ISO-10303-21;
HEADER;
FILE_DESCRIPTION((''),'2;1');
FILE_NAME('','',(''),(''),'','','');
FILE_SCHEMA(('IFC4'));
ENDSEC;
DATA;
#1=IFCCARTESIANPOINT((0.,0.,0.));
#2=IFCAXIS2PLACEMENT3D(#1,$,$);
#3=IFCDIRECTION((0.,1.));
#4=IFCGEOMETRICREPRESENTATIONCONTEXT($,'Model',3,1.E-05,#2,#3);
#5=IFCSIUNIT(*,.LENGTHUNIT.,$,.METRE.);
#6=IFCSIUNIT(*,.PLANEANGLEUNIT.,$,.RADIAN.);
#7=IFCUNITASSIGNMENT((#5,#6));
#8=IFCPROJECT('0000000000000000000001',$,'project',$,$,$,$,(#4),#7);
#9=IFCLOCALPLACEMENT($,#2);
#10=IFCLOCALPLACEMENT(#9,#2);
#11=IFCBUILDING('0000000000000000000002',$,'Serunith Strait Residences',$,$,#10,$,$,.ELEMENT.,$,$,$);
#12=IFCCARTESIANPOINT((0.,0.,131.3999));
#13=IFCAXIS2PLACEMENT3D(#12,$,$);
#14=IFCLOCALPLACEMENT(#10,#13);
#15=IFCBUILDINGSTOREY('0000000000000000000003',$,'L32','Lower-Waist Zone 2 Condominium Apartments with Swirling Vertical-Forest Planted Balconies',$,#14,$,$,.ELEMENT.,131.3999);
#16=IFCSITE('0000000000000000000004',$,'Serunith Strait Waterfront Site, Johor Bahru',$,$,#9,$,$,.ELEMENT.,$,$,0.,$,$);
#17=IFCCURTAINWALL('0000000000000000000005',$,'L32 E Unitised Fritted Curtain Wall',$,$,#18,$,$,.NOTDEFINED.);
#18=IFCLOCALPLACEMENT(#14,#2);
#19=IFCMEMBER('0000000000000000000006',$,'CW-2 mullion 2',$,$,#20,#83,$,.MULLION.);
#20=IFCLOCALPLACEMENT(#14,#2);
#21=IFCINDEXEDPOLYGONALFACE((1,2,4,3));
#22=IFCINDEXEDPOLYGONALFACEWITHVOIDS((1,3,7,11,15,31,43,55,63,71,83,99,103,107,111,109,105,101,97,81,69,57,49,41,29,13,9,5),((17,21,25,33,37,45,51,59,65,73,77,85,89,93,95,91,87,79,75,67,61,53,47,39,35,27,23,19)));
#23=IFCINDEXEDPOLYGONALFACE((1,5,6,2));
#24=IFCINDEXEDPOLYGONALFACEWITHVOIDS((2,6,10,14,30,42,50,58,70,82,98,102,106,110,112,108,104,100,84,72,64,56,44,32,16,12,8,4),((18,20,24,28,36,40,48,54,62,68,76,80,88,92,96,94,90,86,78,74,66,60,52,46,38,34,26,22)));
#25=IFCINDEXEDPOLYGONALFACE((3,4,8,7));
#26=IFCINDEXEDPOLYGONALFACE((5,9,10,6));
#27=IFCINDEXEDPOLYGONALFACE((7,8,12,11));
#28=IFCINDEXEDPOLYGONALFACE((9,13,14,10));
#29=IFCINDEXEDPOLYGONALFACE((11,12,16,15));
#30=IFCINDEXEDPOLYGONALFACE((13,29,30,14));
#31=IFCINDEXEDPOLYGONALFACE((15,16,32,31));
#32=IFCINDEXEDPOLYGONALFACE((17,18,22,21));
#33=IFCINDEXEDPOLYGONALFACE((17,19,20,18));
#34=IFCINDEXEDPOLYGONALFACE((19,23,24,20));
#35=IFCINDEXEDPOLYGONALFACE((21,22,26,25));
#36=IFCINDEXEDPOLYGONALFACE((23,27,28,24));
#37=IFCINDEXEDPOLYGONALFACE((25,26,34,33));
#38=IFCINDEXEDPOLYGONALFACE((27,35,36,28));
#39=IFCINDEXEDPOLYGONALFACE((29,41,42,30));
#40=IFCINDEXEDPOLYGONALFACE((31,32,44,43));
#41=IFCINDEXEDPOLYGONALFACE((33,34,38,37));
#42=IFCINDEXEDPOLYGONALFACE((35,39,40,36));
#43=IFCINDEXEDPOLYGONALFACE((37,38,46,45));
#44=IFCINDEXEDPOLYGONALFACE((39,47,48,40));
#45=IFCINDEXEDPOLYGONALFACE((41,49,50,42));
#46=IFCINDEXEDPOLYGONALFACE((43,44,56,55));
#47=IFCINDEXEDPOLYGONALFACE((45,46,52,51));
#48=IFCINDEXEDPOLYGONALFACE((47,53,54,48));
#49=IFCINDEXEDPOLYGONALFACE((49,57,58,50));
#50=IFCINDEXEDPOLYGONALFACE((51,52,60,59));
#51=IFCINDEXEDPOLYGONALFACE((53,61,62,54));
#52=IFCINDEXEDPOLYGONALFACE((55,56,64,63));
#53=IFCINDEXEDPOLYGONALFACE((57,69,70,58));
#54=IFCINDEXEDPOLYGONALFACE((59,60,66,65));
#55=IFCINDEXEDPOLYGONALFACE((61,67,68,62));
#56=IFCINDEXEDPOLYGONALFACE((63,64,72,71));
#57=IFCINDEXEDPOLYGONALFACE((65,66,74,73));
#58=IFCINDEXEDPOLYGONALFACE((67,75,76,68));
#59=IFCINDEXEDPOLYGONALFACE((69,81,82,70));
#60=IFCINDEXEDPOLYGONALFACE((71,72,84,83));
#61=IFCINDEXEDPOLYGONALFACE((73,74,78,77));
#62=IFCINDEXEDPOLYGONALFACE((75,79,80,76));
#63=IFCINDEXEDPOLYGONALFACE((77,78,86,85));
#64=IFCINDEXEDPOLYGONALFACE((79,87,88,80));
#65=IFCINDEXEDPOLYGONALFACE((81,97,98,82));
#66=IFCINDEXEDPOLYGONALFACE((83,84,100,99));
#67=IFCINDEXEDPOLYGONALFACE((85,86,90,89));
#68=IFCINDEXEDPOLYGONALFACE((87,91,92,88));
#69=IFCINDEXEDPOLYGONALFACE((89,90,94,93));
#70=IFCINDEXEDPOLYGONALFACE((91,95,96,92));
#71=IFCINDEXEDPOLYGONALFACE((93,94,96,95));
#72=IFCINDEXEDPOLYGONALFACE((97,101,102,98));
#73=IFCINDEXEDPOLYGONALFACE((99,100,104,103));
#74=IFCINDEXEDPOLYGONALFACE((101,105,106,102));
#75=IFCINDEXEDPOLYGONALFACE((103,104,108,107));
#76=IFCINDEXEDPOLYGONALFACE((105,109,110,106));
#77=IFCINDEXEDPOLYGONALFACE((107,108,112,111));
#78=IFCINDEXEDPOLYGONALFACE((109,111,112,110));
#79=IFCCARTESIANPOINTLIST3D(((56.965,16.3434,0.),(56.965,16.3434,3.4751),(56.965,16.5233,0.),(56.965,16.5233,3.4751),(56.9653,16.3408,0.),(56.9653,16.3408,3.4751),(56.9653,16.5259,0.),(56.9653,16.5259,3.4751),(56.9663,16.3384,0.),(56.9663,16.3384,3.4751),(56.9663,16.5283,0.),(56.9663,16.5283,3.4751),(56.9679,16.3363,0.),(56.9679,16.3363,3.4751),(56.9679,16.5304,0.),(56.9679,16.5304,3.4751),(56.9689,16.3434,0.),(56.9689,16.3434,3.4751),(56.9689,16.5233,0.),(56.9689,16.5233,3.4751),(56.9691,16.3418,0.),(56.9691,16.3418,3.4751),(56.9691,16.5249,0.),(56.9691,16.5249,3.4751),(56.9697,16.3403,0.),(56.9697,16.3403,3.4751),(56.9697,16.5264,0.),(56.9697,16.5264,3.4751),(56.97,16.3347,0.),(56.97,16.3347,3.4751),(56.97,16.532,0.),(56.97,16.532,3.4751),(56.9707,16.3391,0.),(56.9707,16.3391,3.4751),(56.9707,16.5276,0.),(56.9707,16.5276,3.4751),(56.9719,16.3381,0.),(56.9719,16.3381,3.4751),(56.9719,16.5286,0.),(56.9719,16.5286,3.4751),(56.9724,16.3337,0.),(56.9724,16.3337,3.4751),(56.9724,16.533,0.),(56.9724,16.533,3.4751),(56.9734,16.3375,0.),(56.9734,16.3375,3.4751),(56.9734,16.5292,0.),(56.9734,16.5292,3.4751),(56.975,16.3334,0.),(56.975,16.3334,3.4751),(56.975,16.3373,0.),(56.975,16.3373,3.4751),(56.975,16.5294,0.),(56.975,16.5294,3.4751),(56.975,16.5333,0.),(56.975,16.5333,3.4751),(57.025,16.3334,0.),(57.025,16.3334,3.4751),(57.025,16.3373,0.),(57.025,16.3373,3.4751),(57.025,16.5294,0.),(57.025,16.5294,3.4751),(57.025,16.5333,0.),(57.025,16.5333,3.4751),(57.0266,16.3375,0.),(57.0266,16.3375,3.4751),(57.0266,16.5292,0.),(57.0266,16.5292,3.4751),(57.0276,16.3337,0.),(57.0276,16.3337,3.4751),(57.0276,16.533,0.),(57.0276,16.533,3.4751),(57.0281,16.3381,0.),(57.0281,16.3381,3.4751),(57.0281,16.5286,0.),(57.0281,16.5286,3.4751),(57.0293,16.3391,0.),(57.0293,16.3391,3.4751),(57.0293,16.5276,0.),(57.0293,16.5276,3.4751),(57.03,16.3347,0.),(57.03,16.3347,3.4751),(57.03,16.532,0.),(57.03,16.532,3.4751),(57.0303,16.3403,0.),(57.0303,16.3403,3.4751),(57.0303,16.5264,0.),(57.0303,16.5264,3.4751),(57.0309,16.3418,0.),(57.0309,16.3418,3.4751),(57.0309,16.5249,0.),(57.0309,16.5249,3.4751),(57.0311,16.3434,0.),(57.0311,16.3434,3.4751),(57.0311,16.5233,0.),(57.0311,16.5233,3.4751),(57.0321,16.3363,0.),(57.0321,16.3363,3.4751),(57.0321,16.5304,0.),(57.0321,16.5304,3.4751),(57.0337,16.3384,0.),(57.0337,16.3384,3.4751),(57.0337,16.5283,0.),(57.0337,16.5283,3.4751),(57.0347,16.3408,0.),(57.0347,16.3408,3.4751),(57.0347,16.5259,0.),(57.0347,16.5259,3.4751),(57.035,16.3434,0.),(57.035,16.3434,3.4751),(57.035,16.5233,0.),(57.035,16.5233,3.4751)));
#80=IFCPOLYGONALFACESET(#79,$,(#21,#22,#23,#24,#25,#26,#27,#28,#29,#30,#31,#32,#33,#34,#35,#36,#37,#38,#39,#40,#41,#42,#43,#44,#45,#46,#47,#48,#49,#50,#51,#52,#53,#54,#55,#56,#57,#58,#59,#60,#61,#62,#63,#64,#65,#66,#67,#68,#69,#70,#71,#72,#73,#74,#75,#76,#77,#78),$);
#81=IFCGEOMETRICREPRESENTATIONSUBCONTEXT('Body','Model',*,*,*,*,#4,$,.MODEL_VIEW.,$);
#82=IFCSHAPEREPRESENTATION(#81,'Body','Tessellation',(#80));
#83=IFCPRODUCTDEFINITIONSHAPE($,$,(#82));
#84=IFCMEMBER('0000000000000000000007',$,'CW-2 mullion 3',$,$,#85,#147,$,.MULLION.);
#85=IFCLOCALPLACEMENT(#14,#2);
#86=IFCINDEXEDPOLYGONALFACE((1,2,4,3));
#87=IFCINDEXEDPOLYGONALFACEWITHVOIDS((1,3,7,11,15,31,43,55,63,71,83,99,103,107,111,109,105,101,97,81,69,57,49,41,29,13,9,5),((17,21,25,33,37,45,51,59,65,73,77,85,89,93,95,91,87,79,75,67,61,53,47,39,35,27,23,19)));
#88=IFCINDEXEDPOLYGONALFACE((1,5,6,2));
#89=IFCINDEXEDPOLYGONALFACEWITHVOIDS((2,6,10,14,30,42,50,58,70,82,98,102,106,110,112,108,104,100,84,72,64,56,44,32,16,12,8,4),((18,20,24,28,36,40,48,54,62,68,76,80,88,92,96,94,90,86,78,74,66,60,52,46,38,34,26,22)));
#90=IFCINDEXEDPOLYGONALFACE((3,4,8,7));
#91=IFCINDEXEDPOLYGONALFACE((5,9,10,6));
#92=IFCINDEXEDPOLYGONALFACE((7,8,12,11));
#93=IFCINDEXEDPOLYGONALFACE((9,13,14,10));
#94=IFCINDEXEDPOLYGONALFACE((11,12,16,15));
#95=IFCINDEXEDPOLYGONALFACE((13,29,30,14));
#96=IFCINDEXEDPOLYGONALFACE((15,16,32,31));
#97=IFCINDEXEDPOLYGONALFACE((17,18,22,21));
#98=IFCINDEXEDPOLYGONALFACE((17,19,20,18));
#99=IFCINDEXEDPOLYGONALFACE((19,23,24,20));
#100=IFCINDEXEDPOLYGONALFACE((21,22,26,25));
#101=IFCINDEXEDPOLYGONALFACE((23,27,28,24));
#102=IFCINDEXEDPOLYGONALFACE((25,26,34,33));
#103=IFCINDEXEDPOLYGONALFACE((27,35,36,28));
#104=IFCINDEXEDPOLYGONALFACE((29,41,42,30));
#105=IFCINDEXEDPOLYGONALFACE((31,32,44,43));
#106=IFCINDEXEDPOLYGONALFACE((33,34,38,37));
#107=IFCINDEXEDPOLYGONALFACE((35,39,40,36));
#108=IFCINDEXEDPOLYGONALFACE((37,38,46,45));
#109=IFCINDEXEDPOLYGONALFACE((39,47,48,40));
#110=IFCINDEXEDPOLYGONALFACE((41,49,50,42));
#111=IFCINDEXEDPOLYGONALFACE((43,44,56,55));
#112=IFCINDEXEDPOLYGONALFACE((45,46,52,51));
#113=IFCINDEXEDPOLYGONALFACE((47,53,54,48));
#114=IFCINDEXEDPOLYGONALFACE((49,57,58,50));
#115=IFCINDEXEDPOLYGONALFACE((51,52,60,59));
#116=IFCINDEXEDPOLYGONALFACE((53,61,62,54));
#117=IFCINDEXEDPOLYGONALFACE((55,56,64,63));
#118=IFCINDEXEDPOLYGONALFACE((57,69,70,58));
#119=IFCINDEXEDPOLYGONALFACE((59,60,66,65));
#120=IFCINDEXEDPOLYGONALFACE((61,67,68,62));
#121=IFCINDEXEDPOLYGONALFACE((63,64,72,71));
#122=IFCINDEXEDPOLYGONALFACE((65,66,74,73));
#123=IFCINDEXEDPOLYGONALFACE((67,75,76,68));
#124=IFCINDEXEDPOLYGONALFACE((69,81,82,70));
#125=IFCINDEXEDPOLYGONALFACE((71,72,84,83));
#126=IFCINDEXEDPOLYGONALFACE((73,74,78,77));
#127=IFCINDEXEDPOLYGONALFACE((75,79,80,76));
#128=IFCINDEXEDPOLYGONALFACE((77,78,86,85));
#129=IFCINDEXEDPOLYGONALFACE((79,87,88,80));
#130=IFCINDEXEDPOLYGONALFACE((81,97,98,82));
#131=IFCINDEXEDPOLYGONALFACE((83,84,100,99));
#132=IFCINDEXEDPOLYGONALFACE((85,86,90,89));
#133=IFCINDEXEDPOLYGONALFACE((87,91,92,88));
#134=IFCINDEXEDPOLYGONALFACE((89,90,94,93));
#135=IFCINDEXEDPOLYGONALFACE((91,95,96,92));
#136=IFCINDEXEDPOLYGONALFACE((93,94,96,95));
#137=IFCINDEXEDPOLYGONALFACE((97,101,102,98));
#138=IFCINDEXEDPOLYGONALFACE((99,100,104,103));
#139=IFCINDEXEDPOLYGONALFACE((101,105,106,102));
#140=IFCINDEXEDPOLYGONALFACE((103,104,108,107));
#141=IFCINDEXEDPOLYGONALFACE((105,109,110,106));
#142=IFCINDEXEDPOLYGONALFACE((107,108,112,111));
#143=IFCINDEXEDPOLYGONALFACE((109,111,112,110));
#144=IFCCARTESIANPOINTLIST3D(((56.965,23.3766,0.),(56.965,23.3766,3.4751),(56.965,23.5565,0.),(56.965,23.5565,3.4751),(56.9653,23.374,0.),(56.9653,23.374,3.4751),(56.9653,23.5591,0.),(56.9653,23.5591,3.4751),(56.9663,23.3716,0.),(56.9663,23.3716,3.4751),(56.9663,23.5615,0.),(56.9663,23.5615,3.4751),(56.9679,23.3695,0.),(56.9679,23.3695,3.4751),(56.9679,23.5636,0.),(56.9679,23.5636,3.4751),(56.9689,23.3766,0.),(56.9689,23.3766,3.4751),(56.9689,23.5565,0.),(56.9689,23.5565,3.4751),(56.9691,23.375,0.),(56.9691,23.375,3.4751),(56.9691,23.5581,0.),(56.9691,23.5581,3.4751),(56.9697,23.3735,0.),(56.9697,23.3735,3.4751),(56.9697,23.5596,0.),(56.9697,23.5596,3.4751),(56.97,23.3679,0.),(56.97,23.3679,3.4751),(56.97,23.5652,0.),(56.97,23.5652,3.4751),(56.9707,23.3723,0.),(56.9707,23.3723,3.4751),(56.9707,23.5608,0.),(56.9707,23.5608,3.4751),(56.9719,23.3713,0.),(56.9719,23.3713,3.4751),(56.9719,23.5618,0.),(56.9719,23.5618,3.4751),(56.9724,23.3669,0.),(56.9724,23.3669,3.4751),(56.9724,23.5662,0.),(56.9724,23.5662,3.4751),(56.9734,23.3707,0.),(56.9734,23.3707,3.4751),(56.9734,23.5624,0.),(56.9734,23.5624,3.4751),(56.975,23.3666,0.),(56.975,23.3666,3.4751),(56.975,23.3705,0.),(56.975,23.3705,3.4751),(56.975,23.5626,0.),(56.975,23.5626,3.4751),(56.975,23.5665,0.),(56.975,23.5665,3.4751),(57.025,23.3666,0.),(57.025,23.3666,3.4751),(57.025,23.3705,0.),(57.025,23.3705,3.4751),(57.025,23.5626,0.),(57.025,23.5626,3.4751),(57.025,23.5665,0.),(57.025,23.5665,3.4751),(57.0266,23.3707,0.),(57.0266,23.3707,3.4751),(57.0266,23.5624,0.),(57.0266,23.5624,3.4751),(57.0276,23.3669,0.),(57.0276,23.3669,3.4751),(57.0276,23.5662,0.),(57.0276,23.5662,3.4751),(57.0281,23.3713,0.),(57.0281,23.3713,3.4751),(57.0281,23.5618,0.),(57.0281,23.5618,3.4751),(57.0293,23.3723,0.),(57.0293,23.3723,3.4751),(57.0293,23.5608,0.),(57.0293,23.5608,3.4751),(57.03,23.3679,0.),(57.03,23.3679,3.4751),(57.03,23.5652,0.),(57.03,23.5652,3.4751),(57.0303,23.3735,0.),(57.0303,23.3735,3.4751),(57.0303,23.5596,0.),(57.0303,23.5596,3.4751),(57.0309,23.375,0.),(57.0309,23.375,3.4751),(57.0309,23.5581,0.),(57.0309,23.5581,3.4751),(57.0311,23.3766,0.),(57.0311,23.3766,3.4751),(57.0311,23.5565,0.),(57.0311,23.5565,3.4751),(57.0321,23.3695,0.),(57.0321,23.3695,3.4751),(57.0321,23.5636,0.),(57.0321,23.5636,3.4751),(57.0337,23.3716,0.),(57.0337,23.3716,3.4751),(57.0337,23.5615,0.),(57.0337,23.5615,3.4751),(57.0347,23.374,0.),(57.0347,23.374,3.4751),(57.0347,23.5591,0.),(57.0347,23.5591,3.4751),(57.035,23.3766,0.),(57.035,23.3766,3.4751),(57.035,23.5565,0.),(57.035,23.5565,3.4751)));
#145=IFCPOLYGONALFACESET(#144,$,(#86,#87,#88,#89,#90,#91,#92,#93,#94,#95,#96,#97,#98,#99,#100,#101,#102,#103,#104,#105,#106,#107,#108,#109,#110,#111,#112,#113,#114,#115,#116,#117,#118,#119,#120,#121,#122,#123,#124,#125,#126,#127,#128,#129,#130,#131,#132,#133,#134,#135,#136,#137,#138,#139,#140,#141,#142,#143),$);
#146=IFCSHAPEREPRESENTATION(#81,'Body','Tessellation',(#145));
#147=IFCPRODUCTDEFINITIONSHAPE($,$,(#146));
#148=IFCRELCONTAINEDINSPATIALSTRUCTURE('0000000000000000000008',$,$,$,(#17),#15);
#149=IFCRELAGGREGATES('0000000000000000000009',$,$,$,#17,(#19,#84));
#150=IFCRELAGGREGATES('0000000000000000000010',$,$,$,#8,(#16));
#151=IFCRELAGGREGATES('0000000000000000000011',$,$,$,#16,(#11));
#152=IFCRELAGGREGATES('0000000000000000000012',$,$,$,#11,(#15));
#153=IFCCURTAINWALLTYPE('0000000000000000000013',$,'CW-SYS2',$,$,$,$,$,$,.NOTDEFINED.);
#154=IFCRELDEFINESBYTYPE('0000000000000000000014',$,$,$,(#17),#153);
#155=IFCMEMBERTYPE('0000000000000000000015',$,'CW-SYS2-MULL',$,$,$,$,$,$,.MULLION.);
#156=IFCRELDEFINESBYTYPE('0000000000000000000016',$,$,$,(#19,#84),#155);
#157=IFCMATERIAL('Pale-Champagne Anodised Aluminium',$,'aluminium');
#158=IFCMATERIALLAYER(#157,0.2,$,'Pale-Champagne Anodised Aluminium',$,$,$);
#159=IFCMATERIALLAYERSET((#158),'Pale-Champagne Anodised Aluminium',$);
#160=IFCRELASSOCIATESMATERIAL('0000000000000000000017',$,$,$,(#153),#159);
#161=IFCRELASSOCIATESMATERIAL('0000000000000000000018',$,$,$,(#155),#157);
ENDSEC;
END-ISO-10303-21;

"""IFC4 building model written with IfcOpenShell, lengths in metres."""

from ifc_helpers import new_model, si_unit, direction, frame, origin, origin_2d, place, context, subcontext, project, spatial, hollow_rectangle, extrude, source, transform, mapped, material, layer, layer_set, material_profile, profile_set, type_object, element, aggregate, save


model = new_model("IFC4")

# Units and contexts
model_context = context("Model", 3, precision=1e-05, world=origin(), true_north=direction((0.0, 1.0)))
body_context = subcontext(model_context, "Body", "Model", "MODEL_VIEW")
ifc_project = project(units=[si_unit("LENGTHUNIT", "METRE"), si_unit("PLANEANGLEUNIT", "RADIAN")], contexts=[model_context])

# Site, building, storey
site_placement = place(None, origin())
site = spatial("IfcSite", under=ifc_project, at=site_placement, Name="Serunith Strait Waterfront Site, Johor Bahru", CompositionType="ELEMENT", RefElevation=0.0)
building_placement = place(site_placement, origin())
building = spatial("IfcBuilding", under=site, at=building_placement, Name="Serunith Strait Residences", CompositionType="ELEMENT")
storey_placement = place(building_placement, frame((0.0, 0.0, 131.3999)))
storey = spatial("IfcBuildingStorey", under=building, at=storey_placement, Name="L32", Description="Lower-Waist Zone 2 Condominium Apartments with Swirling Vertical-Forest Planted Balconies", CompositionType="ELEMENT", Elevation=131.3999)

# Curtain wall, members
ifc_material_1 = material(Name="Pale-Champagne Anodised Aluminium", Category="aluminium")
ifc_layer_1 = layer(ifc_material_1, 0.2, Name="Pale-Champagne Anodised Aluminium")
ifc_layer_set_1 = layer_set([ifc_layer_1], Name="Pale-Champagne Anodised Aluminium")
curtain_wall_type = type_object("IfcCurtainWallType", Name="CW-SYS2", PredefinedType="NOTDEFINED", material=ifc_layer_set_1)
curtain_wall_placement = place(storey_placement, origin())
curtain_wall = element("IfcCurtainWall", 1, at=curtain_wall_placement, inside=storey, type_object=curtain_wall_type, Name="L32 E Unitised Fritted Curtain Wall", PredefinedType="NOTDEFINED")
ifc_material_profile_1 = material_profile(ifc_material_1, hollow_rectangle(XDim=0.0701, YDim=0.2, WallThickness=0.0039, InnerFilletRadius=0.0061, OuterFilletRadius=0.01, at=origin_2d()), Name="ALU 200x70x4")
ifc_profile_set_1 = profile_set([ifc_material_profile_1], Name="Pale-Champagne Anodised Aluminium")
member_type_1 = type_object("IfcMemberType", Name="CW-SYS2-MULL", PredefinedType="MULLION", material=ifc_profile_set_1)
shared_shape_1 = source(origin(), body_context, "Body", "SweptSolid", [
    extrude(hollow_rectangle(XDim=0.0701, YDim=0.2, WallThickness=0.0039, InnerFilletRadius=0.0061, OuterFilletRadius=0.01, at=origin_2d()), origin(), (0.0, 0.0, 1.0), 3.4751),
])
member_1_placement = place(storey_placement, frame((57.0, 16.4333, 0.0), z_axis=(0.0, 0.0, 1.0), x_axis=(-1.0, 0.0, 0.0)))
member_1 = element("IfcMember", 2, at=member_1_placement, type_object=member_type_1, Name="CW-2 mullion 2", PredefinedType="MULLION", context=body_context, shape_type="MappedRepresentation", body=[
    mapped(shared_shape_1, transform((0.0, 0.0, 0.0), scale=1.0)),
])
member_2_placement = place(storey_placement, frame((57.0, 23.4666, 0.0), z_axis=(0.0, 0.0, 1.0), x_axis=(-1.0, 0.0, 0.0)))
member_2 = element("IfcMember", 3, at=member_2_placement, type_object=member_type_1, Name="CW-2 mullion 3", PredefinedType="MULLION", context=body_context, shape_type="MappedRepresentation", body=[
    mapped(shared_shape_1, transform((0.0, 0.0, 0.0), scale=1.0)),
])
aggregate(curtain_wall, [member_1, member_2])

save(model, "model.ifc")
